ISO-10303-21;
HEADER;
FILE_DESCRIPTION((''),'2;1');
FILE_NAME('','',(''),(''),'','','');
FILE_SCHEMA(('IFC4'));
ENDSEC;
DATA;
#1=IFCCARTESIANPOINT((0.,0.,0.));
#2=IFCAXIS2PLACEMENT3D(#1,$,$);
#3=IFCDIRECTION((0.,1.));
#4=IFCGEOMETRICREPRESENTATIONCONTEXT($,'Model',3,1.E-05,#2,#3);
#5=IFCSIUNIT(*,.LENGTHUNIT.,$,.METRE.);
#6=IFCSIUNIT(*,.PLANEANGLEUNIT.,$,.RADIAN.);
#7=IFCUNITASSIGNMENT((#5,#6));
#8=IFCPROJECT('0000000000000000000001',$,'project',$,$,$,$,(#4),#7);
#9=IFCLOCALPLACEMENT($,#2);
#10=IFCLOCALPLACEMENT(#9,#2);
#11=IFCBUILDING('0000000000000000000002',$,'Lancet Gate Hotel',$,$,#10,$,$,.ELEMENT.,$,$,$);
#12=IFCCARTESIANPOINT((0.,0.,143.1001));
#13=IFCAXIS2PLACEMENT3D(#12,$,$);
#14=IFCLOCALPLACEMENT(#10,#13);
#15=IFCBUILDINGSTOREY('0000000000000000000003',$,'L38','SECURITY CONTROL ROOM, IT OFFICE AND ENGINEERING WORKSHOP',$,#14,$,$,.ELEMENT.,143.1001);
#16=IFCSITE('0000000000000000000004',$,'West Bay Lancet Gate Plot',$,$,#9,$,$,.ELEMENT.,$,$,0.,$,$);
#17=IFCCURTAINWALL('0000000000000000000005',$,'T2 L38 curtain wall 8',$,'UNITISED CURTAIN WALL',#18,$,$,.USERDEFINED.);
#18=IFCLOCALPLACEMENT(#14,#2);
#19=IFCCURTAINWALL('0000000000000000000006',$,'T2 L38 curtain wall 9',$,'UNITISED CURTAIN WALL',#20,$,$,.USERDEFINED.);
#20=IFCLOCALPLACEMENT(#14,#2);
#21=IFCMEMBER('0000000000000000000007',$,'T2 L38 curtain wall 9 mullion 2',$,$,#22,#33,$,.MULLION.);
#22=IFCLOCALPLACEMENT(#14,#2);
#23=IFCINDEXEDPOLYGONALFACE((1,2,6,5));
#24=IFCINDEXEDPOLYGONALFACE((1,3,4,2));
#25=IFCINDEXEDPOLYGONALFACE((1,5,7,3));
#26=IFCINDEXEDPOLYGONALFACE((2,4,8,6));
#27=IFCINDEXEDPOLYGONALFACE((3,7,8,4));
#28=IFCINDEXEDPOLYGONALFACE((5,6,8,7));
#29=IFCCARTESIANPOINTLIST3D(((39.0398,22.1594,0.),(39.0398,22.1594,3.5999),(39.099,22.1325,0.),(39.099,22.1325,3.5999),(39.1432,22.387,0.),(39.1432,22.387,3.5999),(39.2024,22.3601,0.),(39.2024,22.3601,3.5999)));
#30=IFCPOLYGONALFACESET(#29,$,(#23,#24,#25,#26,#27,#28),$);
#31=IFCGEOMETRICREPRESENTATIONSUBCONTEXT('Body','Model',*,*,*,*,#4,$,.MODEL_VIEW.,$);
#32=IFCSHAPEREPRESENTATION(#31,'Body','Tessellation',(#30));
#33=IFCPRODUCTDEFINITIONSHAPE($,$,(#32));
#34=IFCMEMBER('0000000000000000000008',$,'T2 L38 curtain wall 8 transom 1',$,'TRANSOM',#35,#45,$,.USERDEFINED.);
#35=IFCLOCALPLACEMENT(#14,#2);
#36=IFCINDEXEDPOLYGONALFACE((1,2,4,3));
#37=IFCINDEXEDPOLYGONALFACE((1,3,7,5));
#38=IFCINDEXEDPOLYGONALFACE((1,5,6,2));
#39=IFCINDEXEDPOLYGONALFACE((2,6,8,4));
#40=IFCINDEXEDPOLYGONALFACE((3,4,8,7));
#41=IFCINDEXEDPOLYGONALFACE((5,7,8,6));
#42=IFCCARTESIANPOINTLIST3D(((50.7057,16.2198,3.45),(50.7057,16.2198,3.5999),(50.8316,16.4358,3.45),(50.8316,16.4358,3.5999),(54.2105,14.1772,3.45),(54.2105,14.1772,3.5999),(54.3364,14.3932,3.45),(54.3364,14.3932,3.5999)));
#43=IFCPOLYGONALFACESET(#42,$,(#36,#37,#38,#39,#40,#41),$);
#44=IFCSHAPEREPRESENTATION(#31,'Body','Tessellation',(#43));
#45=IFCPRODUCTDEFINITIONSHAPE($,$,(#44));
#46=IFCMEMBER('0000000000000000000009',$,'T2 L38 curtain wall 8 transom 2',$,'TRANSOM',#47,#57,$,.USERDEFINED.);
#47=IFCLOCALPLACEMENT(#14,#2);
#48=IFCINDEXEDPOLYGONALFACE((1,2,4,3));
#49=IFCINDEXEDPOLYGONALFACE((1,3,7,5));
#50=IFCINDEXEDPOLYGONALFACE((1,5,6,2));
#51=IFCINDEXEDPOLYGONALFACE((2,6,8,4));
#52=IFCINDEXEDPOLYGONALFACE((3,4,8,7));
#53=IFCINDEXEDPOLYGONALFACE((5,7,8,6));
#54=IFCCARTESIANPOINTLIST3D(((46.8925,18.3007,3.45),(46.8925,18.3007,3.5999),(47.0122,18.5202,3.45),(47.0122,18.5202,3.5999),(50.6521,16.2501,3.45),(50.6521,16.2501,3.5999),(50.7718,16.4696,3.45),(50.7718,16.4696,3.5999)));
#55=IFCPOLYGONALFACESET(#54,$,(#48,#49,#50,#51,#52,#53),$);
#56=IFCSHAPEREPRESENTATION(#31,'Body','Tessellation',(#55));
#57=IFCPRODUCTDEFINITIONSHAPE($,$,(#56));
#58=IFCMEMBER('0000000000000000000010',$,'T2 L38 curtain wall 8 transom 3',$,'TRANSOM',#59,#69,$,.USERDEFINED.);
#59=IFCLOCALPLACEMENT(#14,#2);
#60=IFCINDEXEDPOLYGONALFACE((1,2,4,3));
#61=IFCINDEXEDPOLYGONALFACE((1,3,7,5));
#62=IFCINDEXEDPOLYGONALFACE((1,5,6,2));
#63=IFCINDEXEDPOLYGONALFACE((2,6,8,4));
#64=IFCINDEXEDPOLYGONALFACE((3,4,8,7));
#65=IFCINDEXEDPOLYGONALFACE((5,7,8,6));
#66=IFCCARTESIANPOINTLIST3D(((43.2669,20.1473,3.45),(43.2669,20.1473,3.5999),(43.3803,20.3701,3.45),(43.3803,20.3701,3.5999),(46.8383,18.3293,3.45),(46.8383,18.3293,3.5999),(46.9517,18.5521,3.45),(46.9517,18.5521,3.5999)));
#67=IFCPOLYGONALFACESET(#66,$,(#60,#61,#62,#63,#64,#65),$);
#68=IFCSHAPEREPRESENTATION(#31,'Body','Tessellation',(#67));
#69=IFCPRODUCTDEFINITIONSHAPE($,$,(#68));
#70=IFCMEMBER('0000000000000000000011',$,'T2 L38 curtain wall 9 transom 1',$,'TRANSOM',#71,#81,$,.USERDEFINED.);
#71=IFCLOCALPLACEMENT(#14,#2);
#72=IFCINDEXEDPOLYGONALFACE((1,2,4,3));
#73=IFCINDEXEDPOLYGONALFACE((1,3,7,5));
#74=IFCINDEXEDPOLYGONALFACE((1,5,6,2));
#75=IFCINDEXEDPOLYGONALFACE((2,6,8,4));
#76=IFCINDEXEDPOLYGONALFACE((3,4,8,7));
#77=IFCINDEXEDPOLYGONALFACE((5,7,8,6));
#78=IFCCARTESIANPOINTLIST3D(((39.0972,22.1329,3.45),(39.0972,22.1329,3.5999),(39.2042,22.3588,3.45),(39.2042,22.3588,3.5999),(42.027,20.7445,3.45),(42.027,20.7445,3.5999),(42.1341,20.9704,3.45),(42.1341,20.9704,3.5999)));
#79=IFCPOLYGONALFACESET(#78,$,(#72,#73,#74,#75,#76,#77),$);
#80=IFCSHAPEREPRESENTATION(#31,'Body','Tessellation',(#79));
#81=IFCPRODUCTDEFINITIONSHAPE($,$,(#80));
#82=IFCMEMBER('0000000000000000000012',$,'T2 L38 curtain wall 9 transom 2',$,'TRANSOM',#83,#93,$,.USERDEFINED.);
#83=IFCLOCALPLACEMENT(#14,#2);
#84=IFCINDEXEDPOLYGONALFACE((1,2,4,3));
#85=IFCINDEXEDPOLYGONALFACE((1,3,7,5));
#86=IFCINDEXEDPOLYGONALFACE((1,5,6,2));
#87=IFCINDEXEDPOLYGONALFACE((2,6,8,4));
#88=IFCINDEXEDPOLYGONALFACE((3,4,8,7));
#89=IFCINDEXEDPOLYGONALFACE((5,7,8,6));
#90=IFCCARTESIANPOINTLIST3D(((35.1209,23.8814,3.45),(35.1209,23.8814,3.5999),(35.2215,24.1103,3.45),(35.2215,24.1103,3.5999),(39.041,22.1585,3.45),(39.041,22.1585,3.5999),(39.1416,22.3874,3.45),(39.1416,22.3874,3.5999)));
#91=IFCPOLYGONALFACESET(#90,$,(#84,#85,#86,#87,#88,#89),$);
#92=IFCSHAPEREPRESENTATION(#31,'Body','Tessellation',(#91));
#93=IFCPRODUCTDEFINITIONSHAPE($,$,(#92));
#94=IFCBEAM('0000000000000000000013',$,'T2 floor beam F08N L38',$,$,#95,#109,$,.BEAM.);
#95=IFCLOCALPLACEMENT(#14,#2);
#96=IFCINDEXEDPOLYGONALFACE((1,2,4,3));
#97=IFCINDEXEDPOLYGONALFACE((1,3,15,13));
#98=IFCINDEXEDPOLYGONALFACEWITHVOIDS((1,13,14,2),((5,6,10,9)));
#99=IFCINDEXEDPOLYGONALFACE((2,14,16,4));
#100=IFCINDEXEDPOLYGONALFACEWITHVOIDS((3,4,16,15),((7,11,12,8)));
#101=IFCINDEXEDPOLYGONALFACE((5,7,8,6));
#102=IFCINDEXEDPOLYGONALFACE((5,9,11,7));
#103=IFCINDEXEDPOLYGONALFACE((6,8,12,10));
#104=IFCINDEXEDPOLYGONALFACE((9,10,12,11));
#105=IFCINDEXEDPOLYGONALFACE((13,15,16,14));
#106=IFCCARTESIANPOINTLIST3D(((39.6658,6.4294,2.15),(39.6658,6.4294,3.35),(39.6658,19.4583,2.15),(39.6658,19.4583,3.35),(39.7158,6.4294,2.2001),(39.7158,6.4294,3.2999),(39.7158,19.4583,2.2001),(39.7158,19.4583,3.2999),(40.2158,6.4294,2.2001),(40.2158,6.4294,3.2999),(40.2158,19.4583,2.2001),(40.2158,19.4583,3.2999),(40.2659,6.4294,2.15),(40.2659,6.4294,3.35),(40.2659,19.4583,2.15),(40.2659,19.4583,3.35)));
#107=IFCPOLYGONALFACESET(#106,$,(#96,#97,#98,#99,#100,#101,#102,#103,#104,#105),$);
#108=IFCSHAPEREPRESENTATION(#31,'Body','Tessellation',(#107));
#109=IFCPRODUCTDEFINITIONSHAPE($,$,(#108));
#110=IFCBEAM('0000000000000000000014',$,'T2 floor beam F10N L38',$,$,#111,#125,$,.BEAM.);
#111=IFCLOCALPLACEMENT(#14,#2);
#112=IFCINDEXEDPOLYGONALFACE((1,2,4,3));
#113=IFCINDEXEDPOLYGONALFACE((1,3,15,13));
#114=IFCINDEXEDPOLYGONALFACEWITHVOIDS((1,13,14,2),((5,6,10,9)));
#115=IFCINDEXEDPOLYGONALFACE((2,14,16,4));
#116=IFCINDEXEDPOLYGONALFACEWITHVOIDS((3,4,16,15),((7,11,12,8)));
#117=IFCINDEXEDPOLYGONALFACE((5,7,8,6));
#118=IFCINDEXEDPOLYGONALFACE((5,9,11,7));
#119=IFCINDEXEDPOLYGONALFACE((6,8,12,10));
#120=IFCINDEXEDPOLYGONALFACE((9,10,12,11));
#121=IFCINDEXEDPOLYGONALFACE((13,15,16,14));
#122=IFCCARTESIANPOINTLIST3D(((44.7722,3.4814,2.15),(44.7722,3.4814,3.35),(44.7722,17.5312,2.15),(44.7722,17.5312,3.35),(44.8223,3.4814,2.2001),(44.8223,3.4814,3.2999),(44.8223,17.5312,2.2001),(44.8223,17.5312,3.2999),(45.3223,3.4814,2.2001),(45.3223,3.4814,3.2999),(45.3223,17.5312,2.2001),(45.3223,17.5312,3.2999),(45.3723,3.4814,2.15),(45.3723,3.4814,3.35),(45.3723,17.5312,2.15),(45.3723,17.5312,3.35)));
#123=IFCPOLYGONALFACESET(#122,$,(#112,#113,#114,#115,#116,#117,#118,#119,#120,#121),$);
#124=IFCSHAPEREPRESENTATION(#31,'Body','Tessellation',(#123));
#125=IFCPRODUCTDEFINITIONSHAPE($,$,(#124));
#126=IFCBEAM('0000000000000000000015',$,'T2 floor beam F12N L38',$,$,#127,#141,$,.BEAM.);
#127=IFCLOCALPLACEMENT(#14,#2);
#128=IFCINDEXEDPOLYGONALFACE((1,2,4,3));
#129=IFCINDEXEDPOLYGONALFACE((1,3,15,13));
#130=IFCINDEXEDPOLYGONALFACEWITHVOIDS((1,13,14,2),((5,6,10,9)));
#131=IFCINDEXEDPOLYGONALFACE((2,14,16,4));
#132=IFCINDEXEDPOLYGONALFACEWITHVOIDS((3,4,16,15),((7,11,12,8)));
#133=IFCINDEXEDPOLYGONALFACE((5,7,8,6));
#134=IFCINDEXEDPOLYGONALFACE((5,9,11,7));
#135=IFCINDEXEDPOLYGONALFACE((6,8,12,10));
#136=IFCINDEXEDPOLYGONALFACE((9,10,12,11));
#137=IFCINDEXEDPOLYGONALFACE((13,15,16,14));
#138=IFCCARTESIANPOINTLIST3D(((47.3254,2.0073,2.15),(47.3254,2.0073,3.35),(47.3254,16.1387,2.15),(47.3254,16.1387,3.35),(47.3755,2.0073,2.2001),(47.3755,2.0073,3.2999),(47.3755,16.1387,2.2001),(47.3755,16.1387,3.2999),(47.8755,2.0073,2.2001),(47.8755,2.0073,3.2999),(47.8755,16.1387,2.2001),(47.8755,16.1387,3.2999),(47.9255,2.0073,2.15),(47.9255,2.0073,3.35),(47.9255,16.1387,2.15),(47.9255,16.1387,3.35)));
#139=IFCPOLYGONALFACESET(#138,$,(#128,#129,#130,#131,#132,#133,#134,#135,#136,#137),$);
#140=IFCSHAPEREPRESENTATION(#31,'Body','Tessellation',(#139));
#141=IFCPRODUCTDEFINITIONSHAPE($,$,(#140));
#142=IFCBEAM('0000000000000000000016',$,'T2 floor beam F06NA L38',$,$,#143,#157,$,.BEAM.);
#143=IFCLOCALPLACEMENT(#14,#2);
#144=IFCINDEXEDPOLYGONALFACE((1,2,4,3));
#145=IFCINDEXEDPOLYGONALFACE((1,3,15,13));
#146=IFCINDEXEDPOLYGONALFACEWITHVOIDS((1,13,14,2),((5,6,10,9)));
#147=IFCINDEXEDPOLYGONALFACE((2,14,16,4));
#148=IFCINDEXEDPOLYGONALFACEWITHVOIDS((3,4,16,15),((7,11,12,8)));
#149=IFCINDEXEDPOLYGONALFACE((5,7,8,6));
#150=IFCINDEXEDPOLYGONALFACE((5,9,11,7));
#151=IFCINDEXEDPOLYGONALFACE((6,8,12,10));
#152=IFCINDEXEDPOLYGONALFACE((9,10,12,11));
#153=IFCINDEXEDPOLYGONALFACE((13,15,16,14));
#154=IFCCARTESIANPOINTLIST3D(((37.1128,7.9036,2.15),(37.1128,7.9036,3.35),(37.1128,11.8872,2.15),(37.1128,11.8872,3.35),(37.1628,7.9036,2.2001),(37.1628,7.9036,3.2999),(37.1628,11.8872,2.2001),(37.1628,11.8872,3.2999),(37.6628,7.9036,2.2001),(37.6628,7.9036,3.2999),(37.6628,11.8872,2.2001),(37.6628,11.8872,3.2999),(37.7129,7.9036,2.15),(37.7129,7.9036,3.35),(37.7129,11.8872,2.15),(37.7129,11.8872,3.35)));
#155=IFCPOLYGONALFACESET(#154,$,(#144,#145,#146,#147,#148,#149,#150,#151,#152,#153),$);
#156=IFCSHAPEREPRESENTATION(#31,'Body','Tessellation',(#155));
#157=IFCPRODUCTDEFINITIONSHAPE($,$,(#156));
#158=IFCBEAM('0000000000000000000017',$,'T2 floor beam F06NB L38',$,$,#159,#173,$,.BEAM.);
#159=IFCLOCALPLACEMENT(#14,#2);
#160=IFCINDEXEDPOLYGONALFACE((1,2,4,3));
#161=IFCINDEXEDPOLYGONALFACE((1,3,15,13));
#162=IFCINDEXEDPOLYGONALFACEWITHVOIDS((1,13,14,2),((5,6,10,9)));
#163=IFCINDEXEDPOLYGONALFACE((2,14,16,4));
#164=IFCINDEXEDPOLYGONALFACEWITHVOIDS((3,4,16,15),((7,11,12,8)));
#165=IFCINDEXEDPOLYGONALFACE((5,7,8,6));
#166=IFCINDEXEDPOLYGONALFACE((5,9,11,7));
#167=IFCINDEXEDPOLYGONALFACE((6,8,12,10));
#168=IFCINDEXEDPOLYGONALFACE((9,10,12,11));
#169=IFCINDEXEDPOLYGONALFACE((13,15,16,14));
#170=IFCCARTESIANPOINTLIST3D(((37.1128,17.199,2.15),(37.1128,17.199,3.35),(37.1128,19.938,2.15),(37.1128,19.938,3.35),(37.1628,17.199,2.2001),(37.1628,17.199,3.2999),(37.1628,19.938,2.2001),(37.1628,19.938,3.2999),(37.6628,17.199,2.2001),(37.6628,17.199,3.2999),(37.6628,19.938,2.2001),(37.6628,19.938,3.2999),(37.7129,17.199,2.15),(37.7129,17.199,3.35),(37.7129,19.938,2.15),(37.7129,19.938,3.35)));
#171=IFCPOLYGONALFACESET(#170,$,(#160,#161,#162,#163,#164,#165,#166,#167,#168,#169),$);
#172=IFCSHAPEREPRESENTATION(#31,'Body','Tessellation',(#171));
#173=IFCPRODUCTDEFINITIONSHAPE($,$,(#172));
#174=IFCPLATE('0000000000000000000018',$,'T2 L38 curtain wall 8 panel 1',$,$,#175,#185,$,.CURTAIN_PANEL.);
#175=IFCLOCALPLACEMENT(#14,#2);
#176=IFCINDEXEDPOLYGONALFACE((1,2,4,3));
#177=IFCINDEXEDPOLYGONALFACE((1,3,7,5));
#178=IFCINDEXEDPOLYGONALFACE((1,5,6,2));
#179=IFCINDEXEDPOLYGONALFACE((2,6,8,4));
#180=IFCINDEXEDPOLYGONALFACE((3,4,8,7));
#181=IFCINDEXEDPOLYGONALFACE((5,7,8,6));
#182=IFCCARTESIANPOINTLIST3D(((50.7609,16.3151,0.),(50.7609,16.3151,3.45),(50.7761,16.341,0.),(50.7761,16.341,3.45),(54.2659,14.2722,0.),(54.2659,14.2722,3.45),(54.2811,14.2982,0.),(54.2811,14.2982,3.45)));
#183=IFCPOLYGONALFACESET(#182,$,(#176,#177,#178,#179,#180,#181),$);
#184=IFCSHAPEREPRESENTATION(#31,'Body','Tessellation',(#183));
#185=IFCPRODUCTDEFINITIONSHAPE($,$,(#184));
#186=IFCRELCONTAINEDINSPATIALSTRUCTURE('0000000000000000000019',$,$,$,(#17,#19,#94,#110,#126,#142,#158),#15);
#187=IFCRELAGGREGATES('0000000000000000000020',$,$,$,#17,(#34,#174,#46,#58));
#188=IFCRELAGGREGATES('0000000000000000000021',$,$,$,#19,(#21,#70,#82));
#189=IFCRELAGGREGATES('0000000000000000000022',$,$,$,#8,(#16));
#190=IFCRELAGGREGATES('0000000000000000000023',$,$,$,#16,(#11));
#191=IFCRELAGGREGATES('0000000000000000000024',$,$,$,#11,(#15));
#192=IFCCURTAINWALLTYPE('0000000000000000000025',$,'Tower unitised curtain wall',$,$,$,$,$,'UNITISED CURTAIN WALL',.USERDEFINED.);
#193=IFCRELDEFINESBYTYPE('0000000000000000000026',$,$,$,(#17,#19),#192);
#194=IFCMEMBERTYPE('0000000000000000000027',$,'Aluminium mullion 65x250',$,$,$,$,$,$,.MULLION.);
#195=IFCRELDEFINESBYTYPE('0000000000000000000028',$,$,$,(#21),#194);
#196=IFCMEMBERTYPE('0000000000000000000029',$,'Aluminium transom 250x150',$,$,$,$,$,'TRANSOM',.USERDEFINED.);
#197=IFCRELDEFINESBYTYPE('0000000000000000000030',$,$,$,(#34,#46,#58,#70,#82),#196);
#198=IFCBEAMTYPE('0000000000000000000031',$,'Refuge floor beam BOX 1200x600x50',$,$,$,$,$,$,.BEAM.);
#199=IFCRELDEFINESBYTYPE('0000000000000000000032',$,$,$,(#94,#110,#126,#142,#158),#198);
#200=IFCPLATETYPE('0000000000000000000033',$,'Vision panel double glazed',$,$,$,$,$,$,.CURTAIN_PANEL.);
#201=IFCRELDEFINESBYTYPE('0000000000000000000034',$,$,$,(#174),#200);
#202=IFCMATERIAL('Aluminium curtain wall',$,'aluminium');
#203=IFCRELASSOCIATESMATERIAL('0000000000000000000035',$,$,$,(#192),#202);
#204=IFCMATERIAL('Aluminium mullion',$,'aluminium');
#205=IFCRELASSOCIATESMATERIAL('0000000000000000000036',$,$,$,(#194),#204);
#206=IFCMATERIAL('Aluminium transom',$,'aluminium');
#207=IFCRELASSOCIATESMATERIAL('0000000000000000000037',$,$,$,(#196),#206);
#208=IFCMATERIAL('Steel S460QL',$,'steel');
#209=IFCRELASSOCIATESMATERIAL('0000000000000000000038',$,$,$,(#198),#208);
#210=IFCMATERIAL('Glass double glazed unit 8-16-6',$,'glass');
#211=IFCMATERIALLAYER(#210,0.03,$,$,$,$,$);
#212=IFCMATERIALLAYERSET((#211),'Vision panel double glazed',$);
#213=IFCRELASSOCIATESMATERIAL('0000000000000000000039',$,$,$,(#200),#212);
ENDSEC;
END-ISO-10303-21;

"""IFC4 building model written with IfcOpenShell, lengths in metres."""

from ifc_helpers import new_model, si_unit, direction, frame, origin, origin_2d, place, context, subcontext, project, spatial, rectangle, hollow_rectangle, extrude, material, layer, layer_set, material_profile, profile_set, type_object, element, aggregate, save


model = new_model("IFC4")

# Units and contexts
model_context = context("Model", 3, precision=1e-05, world=origin(), true_north=direction((0.0, 1.0)))
body_context = subcontext(model_context, "Body", "Model", "MODEL_VIEW")
ifc_project = project(units=[si_unit("LENGTHUNIT", "METRE"), si_unit("PLANEANGLEUNIT", "RADIAN")], contexts=[model_context])

# Site, building, storey
site_placement = place(None, origin())
site = spatial("IfcSite", under=ifc_project, at=site_placement, Name="West Bay Lancet Gate Plot", CompositionType="ELEMENT", RefElevation=0.0)
building_placement = place(site_placement, origin())
building = spatial("IfcBuilding", under=site, at=building_placement, Name="Lancet Gate Hotel", CompositionType="ELEMENT")
storey_placement = place(building_placement, frame((0.0, 0.0, 143.1001)))
storey = spatial("IfcBuildingStorey", under=building, at=storey_placement, Name="L38", Description="SECURITY CONTROL ROOM, IT OFFICE AND ENGINEERING WORKSHOP", CompositionType="ELEMENT", Elevation=143.1001)

# Curtain walls, member
ifc_material_1 = material(Name="Aluminium curtain wall", Category="aluminium")
curtain_wall_type = type_object("IfcCurtainWallType", Name="Tower unitised curtain wall", ElementType="UNITISED CURTAIN WALL", PredefinedType="USERDEFINED", material=ifc_material_1)
curtain_wall_1_placement = place(storey_placement, origin())
curtain_wall_1 = element("IfcCurtainWall", 1, at=curtain_wall_1_placement, inside=storey, type_object=curtain_wall_type, Name="T2 L38 curtain wall 8", ObjectType="UNITISED CURTAIN WALL", PredefinedType="USERDEFINED")
ifc_material_2 = material(Name="Aluminium mullion", Category="aluminium")
ifc_material_profile_1 = material_profile(ifc_material_2, rectangle(XDim=0.0649, YDim=0.25, at=origin_2d()), Name="MULLION 65x250")
ifc_profile_set_1 = profile_set([ifc_material_profile_1], Name="Aluminium mullion")
member_type_1 = type_object("IfcMemberType", Name="Aluminium mullion 65x250", PredefinedType="MULLION", material=ifc_profile_set_1)
curtain_wall_2_placement = place(storey_placement, origin())
curtain_wall_2 = element("IfcCurtainWall", 2, at=curtain_wall_2_placement, inside=storey, type_object=curtain_wall_type, Name="T2 L38 curtain wall 9", ObjectType="UNITISED CURTAIN WALL", PredefinedType="USERDEFINED")
member_1_placement = place(storey_placement, frame((39.1211, 22.2598, 0.0), z_axis=(0.0, 0.0, 1.0), x_axis=(-0.910473, 0.41357, 0.0)))
member_1 = element("IfcMember", 3, at=member_1_placement, type_object=member_type_1, Name="T2 L38 curtain wall 9 mullion 2", PredefinedType="MULLION", context=body_context, shape_type="SweptSolid", body=[
    extrude(rectangle(XDim=0.0649, YDim=0.25, at=origin_2d()), origin(), (0.0, 0.0, 1.0), 3.5999),
])

# Members
ifc_material_3 = material(Name="Aluminium transom", Category="aluminium")
ifc_material_profile_2 = material_profile(ifc_material_3, rectangle(XDim=0.25, YDim=0.1499, at=origin_2d()), Name="TRANSOM 250x150")
ifc_profile_set_2 = profile_set([ifc_material_profile_2], Name="Aluminium transom")
member_type_2 = type_object("IfcMemberType", Name="Aluminium transom 250x150", ElementType="TRANSOM", PredefinedType="USERDEFINED", material=ifc_profile_set_2)
member_2_placement = place(storey_placement, frame((54.2734, 14.2852, 3.5249), z_axis=(-0.863971, 0.503542, 0.0), x_axis=(-0.503542, -0.863971, 0.0)))
member_2 = element("IfcMember", 4, at=member_2_placement, type_object=member_type_2, Name="T2 L38 curtain wall 8 transom 1", ObjectType="TRANSOM", PredefinedType="USERDEFINED", context=body_context, shape_type="SweptSolid", body=[
    extrude(rectangle(XDim=0.25, YDim=0.1499, at=origin_2d()), origin(), (0.0, 0.0, 1.0), 4.0566),
])
member_3_placement = place(storey_placement, frame((50.7119, 16.3599, 3.5249), z_axis=(-0.877906, 0.478832, 0.0), x_axis=(-0.478832, -0.877906, 0.0)))
member_3 = element("IfcMember", 5, at=member_3_placement, type_object=member_type_2, Name="T2 L38 curtain wall 8 transom 2", ObjectType="TRANSOM", PredefinedType="USERDEFINED", context=body_context, shape_type="SweptSolid", body=[
    extrude(rectangle(XDim=0.25, YDim=0.1499, at=origin_2d()), origin(), (0.0, 0.0, 1.0), 4.2825),
])
member_4_placement = place(storey_placement, frame((46.895, 18.4407, 3.5249), z_axis=(-0.891175, 0.453659, 0.0), x_axis=(-0.453659, -0.891175, 0.0)))
member_4 = element("IfcMember", 6, at=member_4_placement, type_object=member_type_2, Name="T2 L38 curtain wall 8 transom 3", ObjectType="TRANSOM", PredefinedType="USERDEFINED", context=body_context, shape_type="SweptSolid", body=[
    extrude(rectangle(XDim=0.25, YDim=0.1499, at=origin_2d()), origin(), (0.0, 0.0, 1.0), 4.0076),
])
member_5_placement = place(storey_placement, frame((42.0806, 20.8574, 3.5249), z_axis=(-0.90367, 0.428229, 0.0), x_axis=(-0.428229, -0.90367, 0.0)))
member_5 = element("IfcMember", 7, at=member_5_placement, type_object=member_type_2, Name="T2 L38 curtain wall 9 transom 1", ObjectType="TRANSOM", PredefinedType="USERDEFINED", context=body_context, shape_type="SweptSolid", body=[
    extrude(rectangle(XDim=0.25, YDim=0.1499, at=origin_2d()), origin(), (0.0, 0.0, 1.0), 3.2422),
])
member_6_placement = place(storey_placement, frame((39.0913, 22.2729, 3.5249), z_axis=(-0.915485, 0.402353, 0.0), x_axis=(-0.402353, -0.915485, 0.0)))
member_6 = element("IfcMember", 8, at=member_6_placement, type_object=member_type_2, Name="T2 L38 curtain wall 9 transom 2", ObjectType="TRANSOM", PredefinedType="USERDEFINED", context=body_context, shape_type="SweptSolid", body=[
    extrude(rectangle(XDim=0.25, YDim=0.1499, at=origin_2d()), origin(), (0.0, 0.0, 1.0), 4.282),
])

# Beams
ifc_material_4 = material(Name="Steel S460QL", Category="steel")
ifc_material_profile_3 = material_profile(ifc_material_4, hollow_rectangle(XDim=0.6001, YDim=1.2, WallThickness=0.05, at=origin_2d()), Name="BOX 1200x600x50")
ifc_profile_set_3 = profile_set([ifc_material_profile_3], Name="Steel S460QL")
beam_type = type_object("IfcBeamType", Name="Refuge floor beam BOX 1200x600x50", PredefinedType="BEAM", material=ifc_profile_set_3)
beam_1_placement = place(storey_placement, frame((39.9658, 6.4294, 2.75), z_axis=(0.0, 1.0, 0.0), x_axis=(-1.0, 0.0, 0.0)))
element("IfcBeam", 9, at=beam_1_placement, inside=storey, type_object=beam_type, Name="T2 floor beam F08N L38", PredefinedType="BEAM", context=body_context, shape_type="SweptSolid", body=[
    extrude(hollow_rectangle(XDim=0.6001, YDim=1.2, WallThickness=0.05, at=origin_2d()), origin(), (0.0, 0.0, 1.0), 13.0288),
])
beam_2_placement = place(storey_placement, frame((45.0723, 3.4814, 2.75), z_axis=(0.0, 1.0, 0.0), x_axis=(-1.0, 0.0, 0.0)))
element("IfcBeam", 10, at=beam_2_placement, inside=storey, type_object=beam_type, Name="T2 floor beam F10N L38", PredefinedType="BEAM", context=body_context, shape_type="SweptSolid", body=[
    extrude(hollow_rectangle(XDim=0.6001, YDim=1.2, WallThickness=0.05, at=origin_2d()), origin(), (0.0, 0.0, 1.0), 14.0498),
])
beam_3_placement = place(storey_placement, frame((47.6255, 2.0073, 2.75), z_axis=(0.0, 1.0, 0.0), x_axis=(-1.0, 0.0, 0.0)))
element("IfcBeam", 11, at=beam_3_placement, inside=storey, type_object=beam_type, Name="T2 floor beam F12N L38", PredefinedType="BEAM", context=body_context, shape_type="SweptSolid", body=[
    extrude(hollow_rectangle(XDim=0.6001, YDim=1.2, WallThickness=0.05, at=origin_2d()), origin(), (0.0, 0.0, 1.0), 14.1313),
])
beam_4_placement = place(storey_placement, frame((37.4128, 7.9036, 2.75), z_axis=(0.0, 1.0, 0.0), x_axis=(-1.0, 0.0, 0.0)))
element("IfcBeam", 12, at=beam_4_placement, inside=storey, type_object=beam_type, Name="T2 floor beam F06NA L38", PredefinedType="BEAM", context=body_context, shape_type="SweptSolid", body=[
    extrude(hollow_rectangle(XDim=0.6001, YDim=1.2, WallThickness=0.05, at=origin_2d()), origin(), (0.0, 0.0, 1.0), 3.9836),
])
beam_5_placement = place(storey_placement, frame((37.4128, 17.199, 2.75), z_axis=(0.0, 1.0, 0.0), x_axis=(-1.0, 0.0, 0.0)))
element("IfcBeam", 13, at=beam_5_placement, inside=storey, type_object=beam_type, Name="T2 floor beam F06NB L38", PredefinedType="BEAM", context=body_context, shape_type="SweptSolid", body=[
    extrude(hollow_rectangle(XDim=0.6001, YDim=1.2, WallThickness=0.05, at=origin_2d()), origin(), (0.0, 0.0, 1.0), 2.739),
])

# Plate
ifc_material_5 = material(Name="Glass double glazed unit 8-16-6", Category="glass")
ifc_layer_1 = layer(ifc_material_5, 0.03)
ifc_layer_set_1 = layer_set([ifc_layer_1], Name="Vision panel double glazed")
plate_type = type_object("IfcPlateType", Name="Vision panel double glazed", PredefinedType="CURTAIN_PANEL", material=ifc_layer_set_1)
plate_1_placement = place(storey_placement, frame((52.521, 15.3066, 0.0), z_axis=(0.0, 0.0, 1.0), x_axis=(-0.863966, 0.503551, 0.0)))
plate_1 = element("IfcPlate", 14, at=plate_1_placement, type_object=plate_type, Name="T2 L38 curtain wall 8 panel 1", PredefinedType="CURTAIN_PANEL", context=body_context, shape_type="SweptSolid", body=[
    extrude(rectangle(XDim=4.0569, YDim=0.03, at=origin_2d()), origin(), (0.0, 0.0, 1.0), 3.45),
])
aggregate(curtain_wall_1, [member_2, plate_1, member_3, member_4])
aggregate(curtain_wall_2, [member_1, member_5, member_6])

save(model, "model.ifc")
